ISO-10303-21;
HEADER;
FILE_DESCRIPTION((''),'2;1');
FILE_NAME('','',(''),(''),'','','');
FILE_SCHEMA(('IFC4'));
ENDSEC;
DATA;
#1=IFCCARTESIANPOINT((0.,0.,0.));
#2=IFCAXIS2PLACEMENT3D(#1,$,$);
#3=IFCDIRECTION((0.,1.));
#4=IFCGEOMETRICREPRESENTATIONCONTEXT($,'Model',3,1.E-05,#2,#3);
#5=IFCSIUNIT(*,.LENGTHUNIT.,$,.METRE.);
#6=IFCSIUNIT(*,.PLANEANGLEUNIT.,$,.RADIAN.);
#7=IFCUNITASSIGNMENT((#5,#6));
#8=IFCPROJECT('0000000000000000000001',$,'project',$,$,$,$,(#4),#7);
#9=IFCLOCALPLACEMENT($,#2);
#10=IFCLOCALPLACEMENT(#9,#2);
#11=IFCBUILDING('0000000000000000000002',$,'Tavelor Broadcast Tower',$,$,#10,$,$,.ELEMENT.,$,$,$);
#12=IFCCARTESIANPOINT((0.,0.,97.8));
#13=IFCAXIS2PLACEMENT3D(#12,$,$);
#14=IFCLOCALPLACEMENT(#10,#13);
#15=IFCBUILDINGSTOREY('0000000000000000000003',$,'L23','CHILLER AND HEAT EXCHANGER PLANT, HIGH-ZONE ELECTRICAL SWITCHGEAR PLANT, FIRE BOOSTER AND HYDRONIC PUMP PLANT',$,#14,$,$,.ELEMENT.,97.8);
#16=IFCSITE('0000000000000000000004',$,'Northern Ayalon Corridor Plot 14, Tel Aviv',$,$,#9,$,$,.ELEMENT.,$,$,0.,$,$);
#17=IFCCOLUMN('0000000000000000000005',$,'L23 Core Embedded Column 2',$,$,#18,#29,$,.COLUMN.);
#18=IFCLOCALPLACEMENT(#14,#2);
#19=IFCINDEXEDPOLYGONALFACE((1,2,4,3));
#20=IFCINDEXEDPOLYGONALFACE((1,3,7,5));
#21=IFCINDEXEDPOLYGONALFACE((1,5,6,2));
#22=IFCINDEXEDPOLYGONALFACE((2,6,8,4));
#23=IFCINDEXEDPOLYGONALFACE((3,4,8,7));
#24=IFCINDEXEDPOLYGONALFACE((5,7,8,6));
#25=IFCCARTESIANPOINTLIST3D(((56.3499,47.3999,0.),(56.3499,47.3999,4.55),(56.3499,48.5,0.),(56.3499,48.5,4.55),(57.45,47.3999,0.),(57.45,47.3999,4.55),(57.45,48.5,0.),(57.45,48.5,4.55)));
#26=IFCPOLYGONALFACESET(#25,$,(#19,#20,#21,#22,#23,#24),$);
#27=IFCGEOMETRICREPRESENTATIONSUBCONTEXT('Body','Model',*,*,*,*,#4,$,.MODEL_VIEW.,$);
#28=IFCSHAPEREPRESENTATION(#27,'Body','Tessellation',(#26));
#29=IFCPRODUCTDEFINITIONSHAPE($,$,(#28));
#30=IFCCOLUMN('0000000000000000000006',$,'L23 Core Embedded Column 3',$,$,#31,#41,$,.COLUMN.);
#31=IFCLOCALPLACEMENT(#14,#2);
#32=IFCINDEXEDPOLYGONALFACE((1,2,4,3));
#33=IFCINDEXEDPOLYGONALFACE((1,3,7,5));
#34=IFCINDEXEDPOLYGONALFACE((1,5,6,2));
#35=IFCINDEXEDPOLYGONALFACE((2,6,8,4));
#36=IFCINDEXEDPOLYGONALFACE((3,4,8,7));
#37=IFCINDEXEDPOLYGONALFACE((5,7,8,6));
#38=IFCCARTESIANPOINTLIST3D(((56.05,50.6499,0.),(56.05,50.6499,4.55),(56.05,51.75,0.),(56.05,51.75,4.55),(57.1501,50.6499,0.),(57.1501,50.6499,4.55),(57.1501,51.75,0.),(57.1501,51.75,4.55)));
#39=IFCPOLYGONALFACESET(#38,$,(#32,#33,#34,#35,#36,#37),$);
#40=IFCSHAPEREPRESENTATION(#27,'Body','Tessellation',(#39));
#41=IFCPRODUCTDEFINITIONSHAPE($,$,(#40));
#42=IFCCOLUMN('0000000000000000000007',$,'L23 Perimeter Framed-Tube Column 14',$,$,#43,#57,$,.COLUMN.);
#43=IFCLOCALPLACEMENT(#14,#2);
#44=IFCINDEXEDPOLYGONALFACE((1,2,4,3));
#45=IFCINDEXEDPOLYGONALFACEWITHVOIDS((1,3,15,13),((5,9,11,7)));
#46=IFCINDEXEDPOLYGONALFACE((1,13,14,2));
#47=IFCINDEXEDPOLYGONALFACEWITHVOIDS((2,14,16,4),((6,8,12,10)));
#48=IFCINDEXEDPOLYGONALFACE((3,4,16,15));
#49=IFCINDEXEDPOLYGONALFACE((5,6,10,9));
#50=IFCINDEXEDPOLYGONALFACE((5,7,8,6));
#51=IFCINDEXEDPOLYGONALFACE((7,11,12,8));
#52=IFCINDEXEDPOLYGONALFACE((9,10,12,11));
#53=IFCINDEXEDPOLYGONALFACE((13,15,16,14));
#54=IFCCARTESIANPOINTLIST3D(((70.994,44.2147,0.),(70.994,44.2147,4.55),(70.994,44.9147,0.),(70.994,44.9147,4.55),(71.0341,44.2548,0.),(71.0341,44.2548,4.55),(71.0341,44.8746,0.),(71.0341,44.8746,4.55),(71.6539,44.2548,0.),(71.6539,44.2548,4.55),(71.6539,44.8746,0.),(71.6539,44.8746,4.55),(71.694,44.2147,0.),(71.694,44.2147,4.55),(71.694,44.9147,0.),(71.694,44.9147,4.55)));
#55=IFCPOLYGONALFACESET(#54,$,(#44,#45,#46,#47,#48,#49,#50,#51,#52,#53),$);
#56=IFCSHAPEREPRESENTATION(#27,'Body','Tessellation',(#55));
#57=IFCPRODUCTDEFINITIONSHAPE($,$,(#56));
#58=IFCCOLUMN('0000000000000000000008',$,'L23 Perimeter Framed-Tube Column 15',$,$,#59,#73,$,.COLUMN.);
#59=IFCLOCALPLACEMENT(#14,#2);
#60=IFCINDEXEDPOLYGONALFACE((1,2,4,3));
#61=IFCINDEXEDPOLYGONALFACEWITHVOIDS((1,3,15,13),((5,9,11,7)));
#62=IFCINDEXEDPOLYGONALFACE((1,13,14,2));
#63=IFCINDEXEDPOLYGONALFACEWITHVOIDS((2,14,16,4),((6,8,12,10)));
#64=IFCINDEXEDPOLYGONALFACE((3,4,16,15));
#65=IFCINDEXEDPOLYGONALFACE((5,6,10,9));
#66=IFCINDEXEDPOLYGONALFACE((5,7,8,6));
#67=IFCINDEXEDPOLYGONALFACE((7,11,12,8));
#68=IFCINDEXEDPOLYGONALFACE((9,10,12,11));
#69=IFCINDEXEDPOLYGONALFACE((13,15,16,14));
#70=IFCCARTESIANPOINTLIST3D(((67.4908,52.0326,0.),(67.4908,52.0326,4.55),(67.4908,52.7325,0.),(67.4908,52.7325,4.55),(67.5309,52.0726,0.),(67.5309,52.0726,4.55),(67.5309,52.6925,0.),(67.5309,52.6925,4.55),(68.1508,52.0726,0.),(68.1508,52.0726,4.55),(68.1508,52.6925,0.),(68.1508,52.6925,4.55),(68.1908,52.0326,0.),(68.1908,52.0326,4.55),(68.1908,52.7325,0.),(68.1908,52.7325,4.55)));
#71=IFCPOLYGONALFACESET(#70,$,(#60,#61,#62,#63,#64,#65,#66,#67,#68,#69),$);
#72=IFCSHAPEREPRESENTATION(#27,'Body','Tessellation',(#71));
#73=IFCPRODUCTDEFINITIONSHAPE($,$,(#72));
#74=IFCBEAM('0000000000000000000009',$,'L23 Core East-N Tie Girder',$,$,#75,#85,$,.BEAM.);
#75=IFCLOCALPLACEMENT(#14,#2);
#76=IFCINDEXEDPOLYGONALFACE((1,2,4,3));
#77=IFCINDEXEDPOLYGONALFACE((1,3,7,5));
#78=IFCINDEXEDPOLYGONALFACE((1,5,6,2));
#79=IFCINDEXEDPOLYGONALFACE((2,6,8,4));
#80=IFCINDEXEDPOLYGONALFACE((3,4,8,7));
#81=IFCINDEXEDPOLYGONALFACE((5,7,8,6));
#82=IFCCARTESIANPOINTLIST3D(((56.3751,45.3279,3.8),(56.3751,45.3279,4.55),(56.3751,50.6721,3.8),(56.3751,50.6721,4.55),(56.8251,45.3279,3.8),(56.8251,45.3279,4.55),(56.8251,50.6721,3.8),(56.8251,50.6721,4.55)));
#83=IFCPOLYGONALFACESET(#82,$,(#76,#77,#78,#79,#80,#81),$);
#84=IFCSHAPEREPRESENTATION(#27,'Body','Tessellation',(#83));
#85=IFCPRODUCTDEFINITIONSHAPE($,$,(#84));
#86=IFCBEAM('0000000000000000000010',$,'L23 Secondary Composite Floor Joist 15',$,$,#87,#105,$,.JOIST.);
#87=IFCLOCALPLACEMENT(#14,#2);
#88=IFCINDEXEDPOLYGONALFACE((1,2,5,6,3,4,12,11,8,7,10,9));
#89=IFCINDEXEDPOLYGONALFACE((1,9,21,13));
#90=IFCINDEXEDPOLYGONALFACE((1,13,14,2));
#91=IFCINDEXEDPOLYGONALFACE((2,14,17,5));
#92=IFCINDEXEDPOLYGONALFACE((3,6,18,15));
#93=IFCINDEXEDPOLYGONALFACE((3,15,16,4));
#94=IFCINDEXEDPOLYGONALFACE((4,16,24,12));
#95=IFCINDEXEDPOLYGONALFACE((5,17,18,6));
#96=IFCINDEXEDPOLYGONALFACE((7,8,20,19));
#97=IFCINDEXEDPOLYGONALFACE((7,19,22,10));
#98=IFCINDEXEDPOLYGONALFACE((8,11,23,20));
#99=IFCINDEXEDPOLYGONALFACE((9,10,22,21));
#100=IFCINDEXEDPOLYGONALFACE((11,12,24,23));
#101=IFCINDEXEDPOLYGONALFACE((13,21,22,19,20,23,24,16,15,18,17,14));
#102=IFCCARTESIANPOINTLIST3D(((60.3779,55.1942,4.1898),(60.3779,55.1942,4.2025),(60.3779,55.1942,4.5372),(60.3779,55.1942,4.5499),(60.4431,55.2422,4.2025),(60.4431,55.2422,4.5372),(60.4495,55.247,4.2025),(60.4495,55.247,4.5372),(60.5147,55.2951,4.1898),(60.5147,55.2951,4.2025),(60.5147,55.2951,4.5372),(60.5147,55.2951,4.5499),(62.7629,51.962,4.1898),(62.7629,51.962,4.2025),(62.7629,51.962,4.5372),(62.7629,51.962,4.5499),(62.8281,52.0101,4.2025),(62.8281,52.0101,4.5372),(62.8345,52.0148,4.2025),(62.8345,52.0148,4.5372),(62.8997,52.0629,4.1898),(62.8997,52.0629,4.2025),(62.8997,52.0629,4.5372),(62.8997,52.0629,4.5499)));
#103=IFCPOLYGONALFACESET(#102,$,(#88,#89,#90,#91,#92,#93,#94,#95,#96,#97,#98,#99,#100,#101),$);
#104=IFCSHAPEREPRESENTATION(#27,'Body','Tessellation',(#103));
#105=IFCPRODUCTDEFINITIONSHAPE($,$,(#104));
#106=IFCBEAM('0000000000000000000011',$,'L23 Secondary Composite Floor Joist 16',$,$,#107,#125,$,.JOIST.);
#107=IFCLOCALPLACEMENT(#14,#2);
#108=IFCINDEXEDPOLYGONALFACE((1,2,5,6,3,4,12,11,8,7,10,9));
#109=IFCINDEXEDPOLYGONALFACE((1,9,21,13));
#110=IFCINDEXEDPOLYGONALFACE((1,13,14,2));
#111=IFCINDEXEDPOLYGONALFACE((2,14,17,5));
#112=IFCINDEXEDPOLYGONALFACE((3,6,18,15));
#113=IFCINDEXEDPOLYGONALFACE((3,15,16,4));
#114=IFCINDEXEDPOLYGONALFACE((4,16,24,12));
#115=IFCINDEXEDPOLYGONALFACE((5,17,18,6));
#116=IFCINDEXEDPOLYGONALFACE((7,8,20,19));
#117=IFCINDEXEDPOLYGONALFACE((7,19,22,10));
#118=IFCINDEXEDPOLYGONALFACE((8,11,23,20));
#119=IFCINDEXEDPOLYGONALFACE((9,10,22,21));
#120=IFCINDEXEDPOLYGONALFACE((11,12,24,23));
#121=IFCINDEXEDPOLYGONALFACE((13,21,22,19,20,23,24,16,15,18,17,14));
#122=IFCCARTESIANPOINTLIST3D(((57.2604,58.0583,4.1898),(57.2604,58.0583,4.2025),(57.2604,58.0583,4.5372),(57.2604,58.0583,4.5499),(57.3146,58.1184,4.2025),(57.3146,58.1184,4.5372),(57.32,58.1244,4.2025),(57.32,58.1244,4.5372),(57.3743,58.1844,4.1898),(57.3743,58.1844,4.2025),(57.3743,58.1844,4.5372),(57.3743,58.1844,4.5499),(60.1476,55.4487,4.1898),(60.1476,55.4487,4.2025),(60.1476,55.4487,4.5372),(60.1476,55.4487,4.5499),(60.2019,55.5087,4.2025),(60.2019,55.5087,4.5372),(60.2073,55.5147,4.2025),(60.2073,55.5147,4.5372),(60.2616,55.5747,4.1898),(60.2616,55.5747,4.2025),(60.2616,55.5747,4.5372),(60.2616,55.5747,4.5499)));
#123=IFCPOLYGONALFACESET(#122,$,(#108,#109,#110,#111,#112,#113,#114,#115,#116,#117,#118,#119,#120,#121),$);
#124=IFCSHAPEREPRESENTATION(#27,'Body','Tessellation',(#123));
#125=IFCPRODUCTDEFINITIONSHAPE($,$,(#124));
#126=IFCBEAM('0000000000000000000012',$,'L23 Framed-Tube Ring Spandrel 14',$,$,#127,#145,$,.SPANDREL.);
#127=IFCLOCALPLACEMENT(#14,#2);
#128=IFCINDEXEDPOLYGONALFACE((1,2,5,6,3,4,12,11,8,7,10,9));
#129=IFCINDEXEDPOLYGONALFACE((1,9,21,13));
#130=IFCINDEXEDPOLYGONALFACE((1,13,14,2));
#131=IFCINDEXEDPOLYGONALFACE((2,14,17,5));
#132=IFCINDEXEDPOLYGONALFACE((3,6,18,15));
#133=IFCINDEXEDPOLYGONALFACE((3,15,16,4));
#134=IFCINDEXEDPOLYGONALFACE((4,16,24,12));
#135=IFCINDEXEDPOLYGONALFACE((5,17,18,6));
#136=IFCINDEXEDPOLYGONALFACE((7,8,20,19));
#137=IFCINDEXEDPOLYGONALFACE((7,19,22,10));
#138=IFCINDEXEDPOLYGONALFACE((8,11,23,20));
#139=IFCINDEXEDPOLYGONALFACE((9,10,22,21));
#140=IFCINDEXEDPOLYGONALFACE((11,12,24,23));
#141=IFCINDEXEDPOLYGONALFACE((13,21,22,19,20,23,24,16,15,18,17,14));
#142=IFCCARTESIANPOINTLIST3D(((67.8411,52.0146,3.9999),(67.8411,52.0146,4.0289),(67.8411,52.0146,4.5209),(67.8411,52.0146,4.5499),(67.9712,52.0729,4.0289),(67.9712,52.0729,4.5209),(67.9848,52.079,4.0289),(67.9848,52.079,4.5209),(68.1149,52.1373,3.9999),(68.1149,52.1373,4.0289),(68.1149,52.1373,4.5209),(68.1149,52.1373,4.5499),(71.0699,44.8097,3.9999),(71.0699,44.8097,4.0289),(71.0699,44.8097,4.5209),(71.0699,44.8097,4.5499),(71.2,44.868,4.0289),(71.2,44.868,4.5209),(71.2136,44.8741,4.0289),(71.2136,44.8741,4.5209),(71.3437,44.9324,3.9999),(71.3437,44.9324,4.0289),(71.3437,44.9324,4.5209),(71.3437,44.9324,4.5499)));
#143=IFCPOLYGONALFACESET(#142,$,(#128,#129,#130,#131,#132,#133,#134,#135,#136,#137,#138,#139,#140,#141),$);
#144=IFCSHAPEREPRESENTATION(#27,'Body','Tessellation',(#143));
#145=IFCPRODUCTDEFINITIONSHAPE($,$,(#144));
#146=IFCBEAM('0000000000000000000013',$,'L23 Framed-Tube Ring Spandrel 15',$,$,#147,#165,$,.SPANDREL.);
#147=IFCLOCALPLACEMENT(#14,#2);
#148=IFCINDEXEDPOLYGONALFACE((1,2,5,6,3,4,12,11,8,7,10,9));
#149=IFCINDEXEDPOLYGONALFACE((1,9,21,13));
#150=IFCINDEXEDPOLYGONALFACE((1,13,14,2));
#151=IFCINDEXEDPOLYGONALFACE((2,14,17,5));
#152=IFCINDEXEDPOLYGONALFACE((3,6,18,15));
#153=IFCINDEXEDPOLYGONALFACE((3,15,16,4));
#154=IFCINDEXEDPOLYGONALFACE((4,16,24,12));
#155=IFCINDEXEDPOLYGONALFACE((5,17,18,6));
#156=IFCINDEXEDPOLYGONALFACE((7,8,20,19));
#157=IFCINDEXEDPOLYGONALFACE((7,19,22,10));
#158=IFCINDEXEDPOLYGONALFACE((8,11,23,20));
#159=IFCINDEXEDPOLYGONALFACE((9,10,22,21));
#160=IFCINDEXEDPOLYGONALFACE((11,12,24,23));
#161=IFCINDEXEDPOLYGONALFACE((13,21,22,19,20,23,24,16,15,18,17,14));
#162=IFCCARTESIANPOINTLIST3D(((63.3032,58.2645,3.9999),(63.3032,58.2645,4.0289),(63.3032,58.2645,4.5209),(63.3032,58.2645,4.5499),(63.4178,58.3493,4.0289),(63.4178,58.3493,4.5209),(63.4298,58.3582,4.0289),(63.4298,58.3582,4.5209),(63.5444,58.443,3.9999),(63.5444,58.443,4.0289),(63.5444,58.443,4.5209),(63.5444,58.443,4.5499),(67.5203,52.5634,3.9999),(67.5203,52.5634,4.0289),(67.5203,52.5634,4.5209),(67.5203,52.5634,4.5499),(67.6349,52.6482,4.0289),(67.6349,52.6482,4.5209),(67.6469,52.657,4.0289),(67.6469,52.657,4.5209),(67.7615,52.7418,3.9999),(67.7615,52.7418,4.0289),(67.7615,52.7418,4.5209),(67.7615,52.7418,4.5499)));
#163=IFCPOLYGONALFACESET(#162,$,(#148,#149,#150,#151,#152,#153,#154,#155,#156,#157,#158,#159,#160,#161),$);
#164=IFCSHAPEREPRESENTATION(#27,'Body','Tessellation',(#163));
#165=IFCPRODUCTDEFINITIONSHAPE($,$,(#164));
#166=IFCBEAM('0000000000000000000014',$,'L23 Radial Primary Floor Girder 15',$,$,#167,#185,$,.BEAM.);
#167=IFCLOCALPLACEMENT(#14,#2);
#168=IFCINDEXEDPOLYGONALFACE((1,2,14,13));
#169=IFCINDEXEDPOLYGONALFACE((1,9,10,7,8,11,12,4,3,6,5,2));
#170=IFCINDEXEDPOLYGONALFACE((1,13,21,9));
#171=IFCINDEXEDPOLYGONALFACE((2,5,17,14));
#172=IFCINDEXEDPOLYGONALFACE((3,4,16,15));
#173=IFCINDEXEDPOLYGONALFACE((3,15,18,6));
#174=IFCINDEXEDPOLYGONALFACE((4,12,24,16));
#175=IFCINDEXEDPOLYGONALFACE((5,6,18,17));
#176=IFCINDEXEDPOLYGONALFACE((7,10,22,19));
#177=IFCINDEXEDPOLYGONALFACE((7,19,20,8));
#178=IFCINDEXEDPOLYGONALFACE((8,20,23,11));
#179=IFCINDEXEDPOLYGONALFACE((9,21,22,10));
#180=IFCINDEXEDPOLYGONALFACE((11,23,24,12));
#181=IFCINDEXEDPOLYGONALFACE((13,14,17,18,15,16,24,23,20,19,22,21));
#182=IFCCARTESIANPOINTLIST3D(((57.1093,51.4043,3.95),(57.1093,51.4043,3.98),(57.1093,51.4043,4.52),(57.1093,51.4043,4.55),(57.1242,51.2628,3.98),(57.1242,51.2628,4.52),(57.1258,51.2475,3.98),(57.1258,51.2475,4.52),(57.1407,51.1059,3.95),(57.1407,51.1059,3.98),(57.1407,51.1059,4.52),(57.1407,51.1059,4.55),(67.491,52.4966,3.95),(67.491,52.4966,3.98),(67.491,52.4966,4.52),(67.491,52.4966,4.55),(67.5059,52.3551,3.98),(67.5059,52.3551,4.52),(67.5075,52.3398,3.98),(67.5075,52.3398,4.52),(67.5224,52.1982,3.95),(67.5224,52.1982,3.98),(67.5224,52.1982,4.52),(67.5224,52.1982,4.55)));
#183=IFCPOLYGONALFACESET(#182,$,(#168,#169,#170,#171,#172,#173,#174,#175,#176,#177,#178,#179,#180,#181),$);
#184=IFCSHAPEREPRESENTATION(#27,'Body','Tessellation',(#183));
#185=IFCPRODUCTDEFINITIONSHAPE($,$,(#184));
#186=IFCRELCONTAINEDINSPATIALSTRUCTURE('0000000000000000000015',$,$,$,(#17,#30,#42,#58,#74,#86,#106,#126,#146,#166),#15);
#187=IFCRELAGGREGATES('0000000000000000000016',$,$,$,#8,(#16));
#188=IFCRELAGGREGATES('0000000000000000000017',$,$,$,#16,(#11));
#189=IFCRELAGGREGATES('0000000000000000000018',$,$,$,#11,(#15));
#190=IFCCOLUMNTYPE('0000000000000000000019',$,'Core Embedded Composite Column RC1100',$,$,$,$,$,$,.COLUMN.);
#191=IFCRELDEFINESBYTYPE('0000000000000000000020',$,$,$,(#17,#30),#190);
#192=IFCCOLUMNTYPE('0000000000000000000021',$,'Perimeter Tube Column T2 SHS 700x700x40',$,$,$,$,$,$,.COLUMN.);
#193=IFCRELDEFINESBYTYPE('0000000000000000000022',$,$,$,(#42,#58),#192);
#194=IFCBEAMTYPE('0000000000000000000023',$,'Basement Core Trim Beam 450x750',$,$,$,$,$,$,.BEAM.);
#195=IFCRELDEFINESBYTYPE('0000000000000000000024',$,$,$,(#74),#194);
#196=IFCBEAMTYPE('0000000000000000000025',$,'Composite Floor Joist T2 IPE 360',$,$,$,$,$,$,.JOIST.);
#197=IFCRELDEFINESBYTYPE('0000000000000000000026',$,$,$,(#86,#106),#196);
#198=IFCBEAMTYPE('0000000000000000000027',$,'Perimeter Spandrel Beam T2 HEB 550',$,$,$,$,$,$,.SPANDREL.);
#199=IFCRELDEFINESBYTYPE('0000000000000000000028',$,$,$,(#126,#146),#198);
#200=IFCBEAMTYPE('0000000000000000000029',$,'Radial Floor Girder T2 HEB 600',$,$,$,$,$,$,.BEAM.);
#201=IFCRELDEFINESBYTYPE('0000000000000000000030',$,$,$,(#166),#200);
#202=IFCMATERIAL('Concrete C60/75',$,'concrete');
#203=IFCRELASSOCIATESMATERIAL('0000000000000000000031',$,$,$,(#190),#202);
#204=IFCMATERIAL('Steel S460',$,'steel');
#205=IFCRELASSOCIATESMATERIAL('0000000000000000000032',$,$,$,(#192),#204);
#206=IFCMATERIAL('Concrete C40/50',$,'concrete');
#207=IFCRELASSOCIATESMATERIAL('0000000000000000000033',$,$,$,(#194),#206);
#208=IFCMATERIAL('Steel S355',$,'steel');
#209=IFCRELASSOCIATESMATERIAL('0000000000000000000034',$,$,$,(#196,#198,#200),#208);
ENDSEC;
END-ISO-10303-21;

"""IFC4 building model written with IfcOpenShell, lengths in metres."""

from ifc_helpers import new_model, si_unit, direction, frame, origin, origin_2d, place, context, subcontext, project, spatial, rectangle, hollow_rectangle, i_section, extrude, material, material_profile, profile_set, type_object, element, save


model = new_model("IFC4")

# Units and contexts
model_context = context("Model", 3, precision=1e-05, world=origin(), true_north=direction((0.0, 1.0)))
body_context = subcontext(model_context, "Body", "Model", "MODEL_VIEW")
ifc_project = project(units=[si_unit("LENGTHUNIT", "METRE"), si_unit("PLANEANGLEUNIT", "RADIAN")], contexts=[model_context])

# Site, building, storey
site_placement = place(None, origin())
site = spatial("IfcSite", under=ifc_project, at=site_placement, Name="Northern Ayalon Corridor Plot 14, Tel Aviv", CompositionType="ELEMENT", RefElevation=0.0)
building_placement = place(site_placement, origin())
building = spatial("IfcBuilding", under=site, at=building_placement, Name="Tavelor Broadcast Tower", CompositionType="ELEMENT")
storey_placement = place(building_placement, frame((0.0, 0.0, 97.8)))
storey = spatial("IfcBuildingStorey", under=building, at=storey_placement, Name="L23", Description="CHILLER AND HEAT EXCHANGER PLANT, HIGH-ZONE ELECTRICAL SWITCHGEAR PLANT, FIRE BOOSTER AND HYDRONIC PUMP PLANT", CompositionType="ELEMENT", Elevation=97.8)

# Columns
ifc_material_1 = material(Name="Concrete C60/75", Category="concrete")
ifc_material_profile_1 = material_profile(ifc_material_1, rectangle(XDim=1.1001, YDim=1.1001, at=origin_2d()), Name="RC 1100x1100")
ifc_profile_set_1 = profile_set([ifc_material_profile_1], Name="Concrete C60/75")
column_type_1 = type_object("IfcColumnType", Name="Core Embedded Composite Column RC1100", PredefinedType="COLUMN", material=ifc_profile_set_1)
for number, where, z_axis, x_axis, name in (
    (1, (56.8999, 47.95, 0.0), (0.0, 0.0, 1.0), (1.0, 0.0, 0.0), "L23 Core Embedded Column 2"),
    (2, (56.6001, 51.2, 0.0), (0.0, 0.0, 1.0), (1.0, 0.0, 0.0), "L23 Core Embedded Column 3"),
):
    element("IfcColumn", number, at=place(storey_placement, frame(where, z_axis=z_axis, x_axis=x_axis)), inside=storey, type_object=column_type_1, Name=name, PredefinedType="COLUMN", context=body_context, shape_type="SweptSolid", body=[
        extrude(rectangle(XDim=1.1001, YDim=1.1001, at=origin_2d()), origin(), (0.0, 0.0, 1.0), 4.55),
    ])
ifc_material_2 = material(Name="Steel S460", Category="steel")
ifc_material_profile_2 = material_profile(ifc_material_2, hollow_rectangle(XDim=0.7, YDim=0.7, WallThickness=0.04, at=origin_2d()), Name="SHS 700x700x40")
ifc_profile_set_2 = profile_set([ifc_material_profile_2], Name="Steel S460")
column_type_2 = type_object("IfcColumnType", Name="Perimeter Tube Column T2 SHS 700x700x40", PredefinedType="COLUMN", material=ifc_profile_set_2)
for number, where, z_axis, x_axis, name in (
    (3, (71.344, 44.5647, 0.0), (0.0, 0.0, 1.0), (1.0, 0.0, 0.0), "L23 Perimeter Framed-Tube Column 14"),
    (4, (67.8408, 52.3826, 0.0), (0.0, 0.0, 1.0), (1.0, 0.0, 0.0), "L23 Perimeter Framed-Tube Column 15"),
):
    element("IfcColumn", number, at=place(storey_placement, frame(where, z_axis=z_axis, x_axis=x_axis)), inside=storey, type_object=column_type_2, Name=name, PredefinedType="COLUMN", context=body_context, shape_type="SweptSolid", body=[
        extrude(hollow_rectangle(XDim=0.7, YDim=0.7, WallThickness=0.04, at=origin_2d()), origin(), (0.0, 0.0, 1.0), 4.55),
    ])

# Beams
ifc_material_3 = material(Name="Concrete C40/50", Category="concrete")
ifc_material_profile_3 = material_profile(ifc_material_3, rectangle(XDim=0.45, YDim=0.75, at=origin_2d()), Name="RC 450x750")
ifc_profile_set_3 = profile_set([ifc_material_profile_3], Name="Concrete C40/50")
beam_type_1 = type_object("IfcBeamType", Name="Basement Core Trim Beam 450x750", PredefinedType="BEAM", material=ifc_profile_set_3)
beam_1_placement = place(storey_placement, frame((56.6001, 45.3279, 4.175), z_axis=(0.0, 1.0, 0.0), x_axis=(-1.0, 0.0, 0.0)))
element("IfcBeam", 5, at=beam_1_placement, inside=storey, type_object=beam_type_1, Name="L23 Core East-N Tie Girder", PredefinedType="BEAM", context=body_context, shape_type="SweptSolid", body=[
    extrude(rectangle(XDim=0.45, YDim=0.75, at=origin_2d()), origin(), (0.0, 0.0, 1.0), 5.3442),
])
ifc_material_4 = material(Name="Steel S355", Category="steel")
ifc_material_profile_4 = material_profile(ifc_material_4, i_section(OverallWidth=0.1699, OverallDepth=0.3601, WebThickness=0.0081, FlangeThickness=0.0127, at=origin_2d()), Name="IPE 360")
ifc_profile_set_4 = profile_set([ifc_material_profile_4], Name="Steel S355")
beam_type_2 = type_object("IfcBeamType", Name="Composite Floor Joist T2 IPE 360", PredefinedType="JOIST", material=ifc_profile_set_4)
beam_2_placement = place(storey_placement, frame((62.8313, 52.0125, 4.3699), z_axis=(-0.593748, 0.804651, 0.0), x_axis=(-0.804651, -0.593748, 0.0)))
element("IfcBeam", 6, at=beam_2_placement, inside=storey, type_object=beam_type_2, Name="L23 Secondary Composite Floor Joist 15", PredefinedType="JOIST", context=body_context, shape_type="SweptSolid", body=[
    extrude(i_section(OverallWidth=0.1699, OverallDepth=0.3601, WebThickness=0.0081, FlangeThickness=0.0127, at=origin_2d()), origin(), (0.0, 0.0, 1.0), 4.0168),
])
beam_3_placement = place(storey_placement, frame((60.2046, 55.5117, 4.3699), z_axis=(-0.74187, 0.670544, 0.0), x_axis=(-0.670544, -0.74187, 0.0)))
element("IfcBeam", 7, at=beam_3_placement, inside=storey, type_object=beam_type_2, Name="L23 Secondary Composite Floor Joist 16", PredefinedType="JOIST", context=body_context, shape_type="SweptSolid", body=[
    extrude(i_section(OverallWidth=0.1699, OverallDepth=0.3601, WebThickness=0.0081, FlangeThickness=0.0127, at=origin_2d()), origin(), (0.0, 0.0, 1.0), 3.8918),
])
ifc_material_profile_5 = material_profile(ifc_material_4, i_section(OverallWidth=0.3, OverallDepth=0.55, WebThickness=0.0149, FlangeThickness=0.0291, at=origin_2d()), Name="HEB 550")
ifc_profile_set_5 = profile_set([ifc_material_profile_5], Name="Steel S355")
beam_type_3 = type_object("IfcBeamType", Name="Perimeter Spandrel Beam T2 HEB 550", PredefinedType="SPANDREL", material=ifc_profile_set_5)
beam_4_placement = place(storey_placement, frame((71.2068, 44.8711, 4.2749), z_axis=(-0.408951, 0.912556, 0.0), x_axis=(-0.912556, -0.408951, 0.0)))
element("IfcBeam", 8, at=beam_4_placement, inside=storey, type_object=beam_type_3, Name="L23 Framed-Tube Ring Spandrel 14", PredefinedType="SPANDREL", context=body_context, shape_type="SweptSolid", body=[
    extrude(i_section(OverallWidth=0.3, OverallDepth=0.55, WebThickness=0.0149, FlangeThickness=0.0291, at=origin_2d()), origin(), (0.0, 0.0, 1.0), 7.8953),
])
beam_5_placement = place(storey_placement, frame((67.6409, 52.6526, 4.2749), z_axis=(-0.594677, 0.803965, 0.0), x_axis=(-0.803965, -0.594677, 0.0)))
element("IfcBeam", 9, at=beam_5_placement, inside=storey, type_object=beam_type_3, Name="L23 Framed-Tube Ring Spandrel 15", PredefinedType="SPANDREL", context=body_context, shape_type="SweptSolid", body=[
    extrude(i_section(OverallWidth=0.3, OverallDepth=0.55, WebThickness=0.0149, FlangeThickness=0.0291, at=origin_2d()), origin(), (0.0, 0.0, 1.0), 7.0913),
])
ifc_material_profile_6 = material_profile(ifc_material_4, i_section(OverallWidth=0.3, OverallDepth=0.6001, WebThickness=0.0154, FlangeThickness=0.03, at=origin_2d()), Name="HEB 600")
ifc_profile_set_6 = profile_set([ifc_material_profile_6], Name="Steel S355")
beam_type_4 = type_object("IfcBeamType", Name="Radial Floor Girder T2 HEB 600", PredefinedType="BEAM", material=ifc_profile_set_6)
beam_6_placement = place(storey_placement, frame((57.125, 51.2551, 4.25), z_axis=(0.994511, 0.104636, 0.0), x_axis=(-0.104636, 0.994511, 0.0)))
element("IfcBeam", 10, at=beam_6_placement, inside=storey, type_object=beam_type_4, Name="L23 Radial Primary Floor Girder 15", PredefinedType="BEAM", context=body_context, shape_type="SweptSolid", body=[
    extrude(i_section(OverallWidth=0.3, OverallDepth=0.6001, WebThickness=0.0154, FlangeThickness=0.03, at=origin_2d()), origin(), (0.0, 0.0, 1.0), 10.439),
])

save(model, "model.ifc")
